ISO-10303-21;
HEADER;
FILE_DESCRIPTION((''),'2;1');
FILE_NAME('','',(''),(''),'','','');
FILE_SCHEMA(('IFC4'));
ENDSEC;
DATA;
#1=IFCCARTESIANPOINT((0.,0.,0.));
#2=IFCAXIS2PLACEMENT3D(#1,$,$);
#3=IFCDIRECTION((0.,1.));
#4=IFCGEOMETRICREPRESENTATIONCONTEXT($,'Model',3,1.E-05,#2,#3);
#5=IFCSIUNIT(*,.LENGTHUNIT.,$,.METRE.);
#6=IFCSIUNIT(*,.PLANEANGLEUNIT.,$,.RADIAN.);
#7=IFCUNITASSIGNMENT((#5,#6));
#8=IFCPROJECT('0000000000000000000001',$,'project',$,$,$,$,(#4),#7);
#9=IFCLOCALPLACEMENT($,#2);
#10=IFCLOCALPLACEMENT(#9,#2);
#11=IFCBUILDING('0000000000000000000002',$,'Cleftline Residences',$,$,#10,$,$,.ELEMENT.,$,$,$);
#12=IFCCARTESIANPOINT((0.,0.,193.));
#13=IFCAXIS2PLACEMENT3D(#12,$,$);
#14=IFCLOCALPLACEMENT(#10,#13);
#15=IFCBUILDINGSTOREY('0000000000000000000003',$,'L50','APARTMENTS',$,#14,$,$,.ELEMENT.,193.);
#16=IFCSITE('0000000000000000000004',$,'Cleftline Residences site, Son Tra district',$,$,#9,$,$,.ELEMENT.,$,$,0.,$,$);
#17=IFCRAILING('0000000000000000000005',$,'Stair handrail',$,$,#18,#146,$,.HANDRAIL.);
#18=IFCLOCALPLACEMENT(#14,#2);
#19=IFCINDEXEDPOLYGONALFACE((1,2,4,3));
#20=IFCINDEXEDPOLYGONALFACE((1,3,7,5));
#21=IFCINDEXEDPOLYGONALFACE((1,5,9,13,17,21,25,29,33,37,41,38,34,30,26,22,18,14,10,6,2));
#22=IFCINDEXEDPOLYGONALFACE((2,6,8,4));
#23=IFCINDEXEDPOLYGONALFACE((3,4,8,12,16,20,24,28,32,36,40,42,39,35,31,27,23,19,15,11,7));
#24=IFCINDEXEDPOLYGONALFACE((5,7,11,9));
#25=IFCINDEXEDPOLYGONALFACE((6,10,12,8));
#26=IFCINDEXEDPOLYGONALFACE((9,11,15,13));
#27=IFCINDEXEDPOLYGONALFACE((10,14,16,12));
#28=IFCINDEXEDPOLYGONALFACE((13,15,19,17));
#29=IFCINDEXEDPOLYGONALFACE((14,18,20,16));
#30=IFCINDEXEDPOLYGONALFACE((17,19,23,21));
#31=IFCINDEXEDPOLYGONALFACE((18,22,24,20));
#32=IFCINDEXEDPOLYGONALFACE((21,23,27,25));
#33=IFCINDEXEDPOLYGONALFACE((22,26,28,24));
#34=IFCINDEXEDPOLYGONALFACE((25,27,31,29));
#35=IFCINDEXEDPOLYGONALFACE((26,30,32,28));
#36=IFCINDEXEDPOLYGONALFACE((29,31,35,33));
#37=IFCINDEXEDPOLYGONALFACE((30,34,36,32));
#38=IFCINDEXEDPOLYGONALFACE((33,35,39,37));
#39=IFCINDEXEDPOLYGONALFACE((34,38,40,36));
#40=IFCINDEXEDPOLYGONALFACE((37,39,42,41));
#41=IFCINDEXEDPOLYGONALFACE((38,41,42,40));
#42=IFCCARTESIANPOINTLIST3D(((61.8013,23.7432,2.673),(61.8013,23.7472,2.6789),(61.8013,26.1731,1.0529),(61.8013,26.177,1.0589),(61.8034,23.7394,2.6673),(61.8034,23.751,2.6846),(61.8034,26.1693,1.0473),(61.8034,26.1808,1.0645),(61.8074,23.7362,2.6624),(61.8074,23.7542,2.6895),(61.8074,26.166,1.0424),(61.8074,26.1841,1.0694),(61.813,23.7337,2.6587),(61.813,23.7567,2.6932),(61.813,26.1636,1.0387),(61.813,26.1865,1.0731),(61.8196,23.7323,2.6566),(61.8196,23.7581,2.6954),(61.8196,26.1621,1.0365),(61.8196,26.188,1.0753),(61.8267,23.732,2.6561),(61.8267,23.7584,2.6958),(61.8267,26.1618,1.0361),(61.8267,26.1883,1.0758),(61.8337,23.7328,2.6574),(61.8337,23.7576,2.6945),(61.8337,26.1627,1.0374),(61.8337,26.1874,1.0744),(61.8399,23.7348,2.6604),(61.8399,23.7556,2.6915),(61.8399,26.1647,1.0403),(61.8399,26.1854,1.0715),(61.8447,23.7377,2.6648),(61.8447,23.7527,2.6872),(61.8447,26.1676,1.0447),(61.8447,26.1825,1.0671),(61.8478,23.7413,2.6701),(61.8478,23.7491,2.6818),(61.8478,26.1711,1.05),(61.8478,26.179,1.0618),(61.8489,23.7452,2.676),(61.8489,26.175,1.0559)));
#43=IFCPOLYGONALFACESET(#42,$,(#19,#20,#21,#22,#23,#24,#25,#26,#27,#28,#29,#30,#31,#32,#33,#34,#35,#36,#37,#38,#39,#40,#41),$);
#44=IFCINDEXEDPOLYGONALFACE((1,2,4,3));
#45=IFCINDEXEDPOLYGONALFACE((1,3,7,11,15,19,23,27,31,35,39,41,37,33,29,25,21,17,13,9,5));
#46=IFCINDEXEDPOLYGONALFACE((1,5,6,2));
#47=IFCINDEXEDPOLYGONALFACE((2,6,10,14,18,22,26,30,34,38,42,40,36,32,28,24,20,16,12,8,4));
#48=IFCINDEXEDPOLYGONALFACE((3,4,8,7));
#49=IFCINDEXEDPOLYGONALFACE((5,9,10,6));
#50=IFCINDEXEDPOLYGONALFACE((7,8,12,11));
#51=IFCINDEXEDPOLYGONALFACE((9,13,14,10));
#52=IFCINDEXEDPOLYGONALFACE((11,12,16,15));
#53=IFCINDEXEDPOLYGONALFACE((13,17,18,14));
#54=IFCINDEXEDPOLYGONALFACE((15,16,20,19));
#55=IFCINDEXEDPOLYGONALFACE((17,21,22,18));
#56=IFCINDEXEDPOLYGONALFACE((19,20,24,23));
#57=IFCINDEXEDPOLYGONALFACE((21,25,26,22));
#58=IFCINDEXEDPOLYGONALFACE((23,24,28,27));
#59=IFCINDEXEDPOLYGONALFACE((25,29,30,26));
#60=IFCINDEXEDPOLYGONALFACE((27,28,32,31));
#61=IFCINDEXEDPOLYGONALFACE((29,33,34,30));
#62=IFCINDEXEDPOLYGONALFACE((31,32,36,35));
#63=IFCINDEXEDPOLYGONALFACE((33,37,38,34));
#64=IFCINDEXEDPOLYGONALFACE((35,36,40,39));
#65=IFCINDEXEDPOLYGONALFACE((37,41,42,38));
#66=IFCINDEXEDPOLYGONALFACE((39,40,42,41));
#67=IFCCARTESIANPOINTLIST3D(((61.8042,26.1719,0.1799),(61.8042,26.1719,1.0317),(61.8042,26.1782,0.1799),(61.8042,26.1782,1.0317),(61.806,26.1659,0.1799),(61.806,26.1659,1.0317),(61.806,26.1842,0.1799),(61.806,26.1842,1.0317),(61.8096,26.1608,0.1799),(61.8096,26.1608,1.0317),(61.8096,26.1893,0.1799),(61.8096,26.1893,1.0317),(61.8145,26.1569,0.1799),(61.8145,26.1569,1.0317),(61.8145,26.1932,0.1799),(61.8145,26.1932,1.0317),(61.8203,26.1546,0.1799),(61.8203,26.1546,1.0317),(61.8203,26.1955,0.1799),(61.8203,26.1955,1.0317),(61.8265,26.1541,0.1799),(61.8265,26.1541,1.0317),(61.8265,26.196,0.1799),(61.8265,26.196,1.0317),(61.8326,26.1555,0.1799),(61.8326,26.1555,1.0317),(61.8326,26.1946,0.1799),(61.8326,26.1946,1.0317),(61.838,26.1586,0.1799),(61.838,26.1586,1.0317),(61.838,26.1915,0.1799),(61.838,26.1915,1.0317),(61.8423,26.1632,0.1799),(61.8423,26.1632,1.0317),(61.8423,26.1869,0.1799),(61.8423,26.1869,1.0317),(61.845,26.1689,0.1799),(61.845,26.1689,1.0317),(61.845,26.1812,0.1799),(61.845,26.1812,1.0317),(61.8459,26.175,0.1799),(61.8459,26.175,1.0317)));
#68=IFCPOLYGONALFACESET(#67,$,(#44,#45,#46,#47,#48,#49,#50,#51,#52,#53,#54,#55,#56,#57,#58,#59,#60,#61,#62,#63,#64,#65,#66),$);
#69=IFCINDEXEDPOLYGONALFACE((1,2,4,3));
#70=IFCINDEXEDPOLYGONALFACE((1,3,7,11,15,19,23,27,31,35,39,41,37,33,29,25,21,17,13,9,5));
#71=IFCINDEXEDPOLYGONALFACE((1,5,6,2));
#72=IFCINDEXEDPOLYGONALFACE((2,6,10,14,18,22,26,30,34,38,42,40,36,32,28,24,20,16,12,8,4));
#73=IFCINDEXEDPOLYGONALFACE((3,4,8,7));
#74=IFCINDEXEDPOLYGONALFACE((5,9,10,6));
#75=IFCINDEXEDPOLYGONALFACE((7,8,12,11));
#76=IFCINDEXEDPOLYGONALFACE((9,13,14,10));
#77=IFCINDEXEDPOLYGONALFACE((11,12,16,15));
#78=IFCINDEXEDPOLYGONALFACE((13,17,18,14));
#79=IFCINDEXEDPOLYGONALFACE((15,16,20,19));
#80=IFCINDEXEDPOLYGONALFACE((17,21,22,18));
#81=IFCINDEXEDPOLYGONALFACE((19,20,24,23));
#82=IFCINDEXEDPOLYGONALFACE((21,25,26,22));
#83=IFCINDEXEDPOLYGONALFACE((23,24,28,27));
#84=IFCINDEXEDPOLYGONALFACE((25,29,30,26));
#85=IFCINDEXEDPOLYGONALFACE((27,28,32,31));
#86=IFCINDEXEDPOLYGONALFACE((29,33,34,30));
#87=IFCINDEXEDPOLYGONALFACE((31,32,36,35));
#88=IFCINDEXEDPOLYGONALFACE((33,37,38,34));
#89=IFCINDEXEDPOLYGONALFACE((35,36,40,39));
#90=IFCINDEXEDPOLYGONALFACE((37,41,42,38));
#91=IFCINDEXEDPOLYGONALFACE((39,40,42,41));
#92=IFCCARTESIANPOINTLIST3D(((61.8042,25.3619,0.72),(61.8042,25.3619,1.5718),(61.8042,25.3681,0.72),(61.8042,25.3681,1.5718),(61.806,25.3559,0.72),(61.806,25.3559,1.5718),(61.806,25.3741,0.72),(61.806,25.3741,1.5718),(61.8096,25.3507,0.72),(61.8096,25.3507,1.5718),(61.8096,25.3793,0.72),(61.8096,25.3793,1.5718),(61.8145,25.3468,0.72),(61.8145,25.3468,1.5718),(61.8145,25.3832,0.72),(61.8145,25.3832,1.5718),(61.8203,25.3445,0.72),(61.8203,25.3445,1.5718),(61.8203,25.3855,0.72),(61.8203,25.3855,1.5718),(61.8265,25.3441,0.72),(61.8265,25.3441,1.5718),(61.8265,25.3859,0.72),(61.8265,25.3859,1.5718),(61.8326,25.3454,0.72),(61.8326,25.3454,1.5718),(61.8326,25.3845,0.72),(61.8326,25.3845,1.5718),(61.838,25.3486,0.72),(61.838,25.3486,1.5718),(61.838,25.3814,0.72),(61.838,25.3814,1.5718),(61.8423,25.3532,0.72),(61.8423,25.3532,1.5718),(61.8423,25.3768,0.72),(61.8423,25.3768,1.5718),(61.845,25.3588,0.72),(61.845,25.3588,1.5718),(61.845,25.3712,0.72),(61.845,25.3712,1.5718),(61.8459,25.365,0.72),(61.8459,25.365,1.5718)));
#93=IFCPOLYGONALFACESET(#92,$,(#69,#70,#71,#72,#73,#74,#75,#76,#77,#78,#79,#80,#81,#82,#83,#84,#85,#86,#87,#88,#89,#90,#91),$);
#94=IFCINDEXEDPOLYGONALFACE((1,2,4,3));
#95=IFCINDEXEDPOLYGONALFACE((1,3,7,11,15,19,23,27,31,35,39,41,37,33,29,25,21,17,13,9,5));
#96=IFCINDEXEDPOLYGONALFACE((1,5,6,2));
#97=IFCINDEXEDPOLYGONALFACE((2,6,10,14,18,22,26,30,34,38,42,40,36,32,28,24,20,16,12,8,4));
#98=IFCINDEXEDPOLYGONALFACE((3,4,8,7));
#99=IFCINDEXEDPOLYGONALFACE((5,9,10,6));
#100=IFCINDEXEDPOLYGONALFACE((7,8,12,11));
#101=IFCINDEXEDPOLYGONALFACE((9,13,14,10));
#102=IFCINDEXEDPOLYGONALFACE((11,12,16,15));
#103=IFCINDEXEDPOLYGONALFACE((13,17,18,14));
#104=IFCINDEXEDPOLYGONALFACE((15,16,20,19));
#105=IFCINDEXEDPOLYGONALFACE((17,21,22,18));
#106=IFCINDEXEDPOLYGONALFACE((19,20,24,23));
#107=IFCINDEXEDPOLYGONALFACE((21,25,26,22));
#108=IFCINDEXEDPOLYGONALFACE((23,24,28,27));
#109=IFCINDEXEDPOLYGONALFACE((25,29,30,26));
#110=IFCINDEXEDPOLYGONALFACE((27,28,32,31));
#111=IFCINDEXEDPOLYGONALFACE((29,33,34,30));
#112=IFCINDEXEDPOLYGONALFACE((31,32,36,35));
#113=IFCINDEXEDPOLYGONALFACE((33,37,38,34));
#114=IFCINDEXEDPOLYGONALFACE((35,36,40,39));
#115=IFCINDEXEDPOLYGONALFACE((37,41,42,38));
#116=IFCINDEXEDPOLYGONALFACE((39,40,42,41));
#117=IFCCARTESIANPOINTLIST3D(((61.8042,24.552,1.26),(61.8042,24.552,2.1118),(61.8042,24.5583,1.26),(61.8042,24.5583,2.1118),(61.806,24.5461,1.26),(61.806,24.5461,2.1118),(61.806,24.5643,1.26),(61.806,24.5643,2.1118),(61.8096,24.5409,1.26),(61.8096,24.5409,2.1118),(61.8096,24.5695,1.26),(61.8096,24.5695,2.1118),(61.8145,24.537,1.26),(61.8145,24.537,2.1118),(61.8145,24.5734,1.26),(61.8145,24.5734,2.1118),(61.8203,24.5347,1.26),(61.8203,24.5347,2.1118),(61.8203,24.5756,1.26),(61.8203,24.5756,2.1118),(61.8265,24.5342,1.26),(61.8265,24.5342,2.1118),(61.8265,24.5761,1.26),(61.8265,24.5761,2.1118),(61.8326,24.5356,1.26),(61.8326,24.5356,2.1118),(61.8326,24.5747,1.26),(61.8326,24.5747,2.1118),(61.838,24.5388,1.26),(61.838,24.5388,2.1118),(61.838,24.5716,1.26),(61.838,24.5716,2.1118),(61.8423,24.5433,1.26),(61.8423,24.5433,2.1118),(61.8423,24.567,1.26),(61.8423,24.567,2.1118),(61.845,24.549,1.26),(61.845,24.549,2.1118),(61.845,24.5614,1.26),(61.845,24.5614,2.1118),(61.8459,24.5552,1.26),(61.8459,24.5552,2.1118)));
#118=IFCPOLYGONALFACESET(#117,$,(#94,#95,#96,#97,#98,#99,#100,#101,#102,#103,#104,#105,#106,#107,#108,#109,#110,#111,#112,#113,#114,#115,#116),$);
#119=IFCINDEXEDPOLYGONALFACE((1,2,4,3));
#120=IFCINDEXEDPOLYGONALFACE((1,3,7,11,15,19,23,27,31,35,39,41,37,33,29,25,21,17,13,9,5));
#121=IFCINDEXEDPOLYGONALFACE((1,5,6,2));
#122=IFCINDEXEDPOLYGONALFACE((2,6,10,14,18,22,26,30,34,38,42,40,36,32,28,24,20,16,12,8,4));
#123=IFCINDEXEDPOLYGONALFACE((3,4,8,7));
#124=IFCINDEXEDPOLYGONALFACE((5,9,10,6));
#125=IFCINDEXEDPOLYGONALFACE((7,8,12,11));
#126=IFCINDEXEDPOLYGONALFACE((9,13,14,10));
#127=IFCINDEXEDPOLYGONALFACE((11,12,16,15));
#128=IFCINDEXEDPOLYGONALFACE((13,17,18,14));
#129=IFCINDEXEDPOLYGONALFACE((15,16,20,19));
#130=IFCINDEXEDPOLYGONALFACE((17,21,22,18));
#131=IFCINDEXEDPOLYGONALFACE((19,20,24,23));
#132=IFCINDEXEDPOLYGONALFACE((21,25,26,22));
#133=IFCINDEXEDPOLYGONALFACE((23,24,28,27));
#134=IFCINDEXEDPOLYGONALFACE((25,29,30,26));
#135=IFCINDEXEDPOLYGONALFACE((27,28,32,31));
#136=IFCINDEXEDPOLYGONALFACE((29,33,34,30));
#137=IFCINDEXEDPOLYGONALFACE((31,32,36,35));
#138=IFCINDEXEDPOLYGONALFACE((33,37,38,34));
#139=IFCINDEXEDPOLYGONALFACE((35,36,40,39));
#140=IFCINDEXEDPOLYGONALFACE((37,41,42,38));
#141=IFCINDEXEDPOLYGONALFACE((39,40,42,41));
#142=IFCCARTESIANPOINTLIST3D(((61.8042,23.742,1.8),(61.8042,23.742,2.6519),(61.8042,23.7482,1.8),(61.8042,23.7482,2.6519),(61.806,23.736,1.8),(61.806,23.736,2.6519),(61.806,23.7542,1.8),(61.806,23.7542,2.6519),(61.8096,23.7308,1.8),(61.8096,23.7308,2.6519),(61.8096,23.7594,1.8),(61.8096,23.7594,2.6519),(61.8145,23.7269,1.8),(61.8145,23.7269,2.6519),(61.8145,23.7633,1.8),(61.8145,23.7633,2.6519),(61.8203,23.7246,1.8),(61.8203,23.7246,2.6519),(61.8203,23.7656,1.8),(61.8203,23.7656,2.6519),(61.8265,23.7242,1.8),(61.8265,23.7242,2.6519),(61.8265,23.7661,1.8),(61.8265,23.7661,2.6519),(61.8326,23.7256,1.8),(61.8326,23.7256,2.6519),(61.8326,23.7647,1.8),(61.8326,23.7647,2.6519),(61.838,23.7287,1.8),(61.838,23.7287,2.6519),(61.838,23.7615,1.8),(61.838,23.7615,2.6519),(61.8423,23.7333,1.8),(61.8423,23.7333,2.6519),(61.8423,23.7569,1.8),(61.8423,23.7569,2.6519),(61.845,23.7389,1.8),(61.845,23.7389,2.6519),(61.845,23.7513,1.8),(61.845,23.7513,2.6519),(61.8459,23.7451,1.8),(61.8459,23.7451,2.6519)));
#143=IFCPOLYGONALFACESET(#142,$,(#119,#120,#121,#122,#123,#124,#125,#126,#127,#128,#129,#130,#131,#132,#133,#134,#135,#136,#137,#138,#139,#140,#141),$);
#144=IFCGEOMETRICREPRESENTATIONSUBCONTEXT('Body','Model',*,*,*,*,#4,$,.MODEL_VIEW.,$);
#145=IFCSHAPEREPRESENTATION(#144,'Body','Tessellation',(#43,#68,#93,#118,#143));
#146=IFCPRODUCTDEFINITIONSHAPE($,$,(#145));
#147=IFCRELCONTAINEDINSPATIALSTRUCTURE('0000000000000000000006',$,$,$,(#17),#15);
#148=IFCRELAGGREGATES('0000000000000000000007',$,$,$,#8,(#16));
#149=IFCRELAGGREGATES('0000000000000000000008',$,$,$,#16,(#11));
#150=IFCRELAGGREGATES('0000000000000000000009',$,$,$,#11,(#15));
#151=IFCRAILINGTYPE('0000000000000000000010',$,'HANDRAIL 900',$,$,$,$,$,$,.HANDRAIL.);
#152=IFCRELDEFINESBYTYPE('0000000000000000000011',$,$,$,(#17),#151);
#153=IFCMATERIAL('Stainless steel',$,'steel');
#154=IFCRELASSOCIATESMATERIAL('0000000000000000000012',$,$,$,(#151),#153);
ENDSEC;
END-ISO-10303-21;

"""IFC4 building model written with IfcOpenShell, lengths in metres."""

from ifc_helpers import new_model, si_unit, direction, frame, origin, origin_2d, place, context, subcontext, project, spatial, circle, extrude, material, type_object, element, save


model = new_model("IFC4")

# Units and contexts
model_context = context("Model", 3, precision=1e-05, world=origin(), true_north=direction((0.0, 1.0)))
body_context = subcontext(model_context, "Body", "Model", "MODEL_VIEW")
ifc_project = project(units=[si_unit("LENGTHUNIT", "METRE"), si_unit("PLANEANGLEUNIT", "RADIAN")], contexts=[model_context])

# Site, building, storey
site_placement = place(None, origin())
site = spatial("IfcSite", under=ifc_project, at=site_placement, Name="Cleftline Residences site, Son Tra district", CompositionType="ELEMENT", RefElevation=0.0)
building_placement = place(site_placement, origin())
building = spatial("IfcBuilding", under=site, at=building_placement, Name="Cleftline Residences", CompositionType="ELEMENT")
storey_placement = place(building_placement, frame((0.0, 0.0, 193.0)))
storey = spatial("IfcBuildingStorey", under=building, at=storey_placement, Name="L50", Description="APARTMENTS", CompositionType="ELEMENT", Elevation=193.0)

# Railing
ifc_material_1 = material(Name="Stainless steel", Category="steel")
railing_type = type_object("IfcRailingType", Name="HANDRAIL 900", PredefinedType="HANDRAIL", material=ifc_material_1)
railing_placement = place(storey_placement, frame((61.825, 26.175, 0.1799)))
element("IfcRailing", 1, at=railing_placement, inside=storey, type_object=railing_type, Name="Stair handrail", PredefinedType="HANDRAIL", context=body_context, shape_type="SweptSolid", body=[
    extrude(circle(Radius=0.0239, at=origin_2d()), frame((0.0, 0.0, 0.876), z_axis=(0.0, -0.832025, 0.554739), x_axis=(1.0, 0.0, 0.0)), (0.0, 0.0, 1.0), 2.9204),
    extrude(circle(Radius=0.021, at=origin_2d()), origin(), (0.0, 0.0, 1.0), 0.8518),
    extrude(circle(Radius=0.021, at=origin_2d()), frame((0.0, -0.8101, 0.54)), (0.0, 0.0, 1.0), 0.8518),
    extrude(circle(Radius=0.021, at=origin_2d()), frame((0.0, -1.6199, 1.0801)), (0.0, 0.0, 1.0), 0.8518),
    extrude(circle(Radius=0.021, at=origin_2d()), frame((0.0, -2.4299, 1.6201)), (0.0, 0.0, 1.0), 0.8518),
])

save(model, "model.ifc")
